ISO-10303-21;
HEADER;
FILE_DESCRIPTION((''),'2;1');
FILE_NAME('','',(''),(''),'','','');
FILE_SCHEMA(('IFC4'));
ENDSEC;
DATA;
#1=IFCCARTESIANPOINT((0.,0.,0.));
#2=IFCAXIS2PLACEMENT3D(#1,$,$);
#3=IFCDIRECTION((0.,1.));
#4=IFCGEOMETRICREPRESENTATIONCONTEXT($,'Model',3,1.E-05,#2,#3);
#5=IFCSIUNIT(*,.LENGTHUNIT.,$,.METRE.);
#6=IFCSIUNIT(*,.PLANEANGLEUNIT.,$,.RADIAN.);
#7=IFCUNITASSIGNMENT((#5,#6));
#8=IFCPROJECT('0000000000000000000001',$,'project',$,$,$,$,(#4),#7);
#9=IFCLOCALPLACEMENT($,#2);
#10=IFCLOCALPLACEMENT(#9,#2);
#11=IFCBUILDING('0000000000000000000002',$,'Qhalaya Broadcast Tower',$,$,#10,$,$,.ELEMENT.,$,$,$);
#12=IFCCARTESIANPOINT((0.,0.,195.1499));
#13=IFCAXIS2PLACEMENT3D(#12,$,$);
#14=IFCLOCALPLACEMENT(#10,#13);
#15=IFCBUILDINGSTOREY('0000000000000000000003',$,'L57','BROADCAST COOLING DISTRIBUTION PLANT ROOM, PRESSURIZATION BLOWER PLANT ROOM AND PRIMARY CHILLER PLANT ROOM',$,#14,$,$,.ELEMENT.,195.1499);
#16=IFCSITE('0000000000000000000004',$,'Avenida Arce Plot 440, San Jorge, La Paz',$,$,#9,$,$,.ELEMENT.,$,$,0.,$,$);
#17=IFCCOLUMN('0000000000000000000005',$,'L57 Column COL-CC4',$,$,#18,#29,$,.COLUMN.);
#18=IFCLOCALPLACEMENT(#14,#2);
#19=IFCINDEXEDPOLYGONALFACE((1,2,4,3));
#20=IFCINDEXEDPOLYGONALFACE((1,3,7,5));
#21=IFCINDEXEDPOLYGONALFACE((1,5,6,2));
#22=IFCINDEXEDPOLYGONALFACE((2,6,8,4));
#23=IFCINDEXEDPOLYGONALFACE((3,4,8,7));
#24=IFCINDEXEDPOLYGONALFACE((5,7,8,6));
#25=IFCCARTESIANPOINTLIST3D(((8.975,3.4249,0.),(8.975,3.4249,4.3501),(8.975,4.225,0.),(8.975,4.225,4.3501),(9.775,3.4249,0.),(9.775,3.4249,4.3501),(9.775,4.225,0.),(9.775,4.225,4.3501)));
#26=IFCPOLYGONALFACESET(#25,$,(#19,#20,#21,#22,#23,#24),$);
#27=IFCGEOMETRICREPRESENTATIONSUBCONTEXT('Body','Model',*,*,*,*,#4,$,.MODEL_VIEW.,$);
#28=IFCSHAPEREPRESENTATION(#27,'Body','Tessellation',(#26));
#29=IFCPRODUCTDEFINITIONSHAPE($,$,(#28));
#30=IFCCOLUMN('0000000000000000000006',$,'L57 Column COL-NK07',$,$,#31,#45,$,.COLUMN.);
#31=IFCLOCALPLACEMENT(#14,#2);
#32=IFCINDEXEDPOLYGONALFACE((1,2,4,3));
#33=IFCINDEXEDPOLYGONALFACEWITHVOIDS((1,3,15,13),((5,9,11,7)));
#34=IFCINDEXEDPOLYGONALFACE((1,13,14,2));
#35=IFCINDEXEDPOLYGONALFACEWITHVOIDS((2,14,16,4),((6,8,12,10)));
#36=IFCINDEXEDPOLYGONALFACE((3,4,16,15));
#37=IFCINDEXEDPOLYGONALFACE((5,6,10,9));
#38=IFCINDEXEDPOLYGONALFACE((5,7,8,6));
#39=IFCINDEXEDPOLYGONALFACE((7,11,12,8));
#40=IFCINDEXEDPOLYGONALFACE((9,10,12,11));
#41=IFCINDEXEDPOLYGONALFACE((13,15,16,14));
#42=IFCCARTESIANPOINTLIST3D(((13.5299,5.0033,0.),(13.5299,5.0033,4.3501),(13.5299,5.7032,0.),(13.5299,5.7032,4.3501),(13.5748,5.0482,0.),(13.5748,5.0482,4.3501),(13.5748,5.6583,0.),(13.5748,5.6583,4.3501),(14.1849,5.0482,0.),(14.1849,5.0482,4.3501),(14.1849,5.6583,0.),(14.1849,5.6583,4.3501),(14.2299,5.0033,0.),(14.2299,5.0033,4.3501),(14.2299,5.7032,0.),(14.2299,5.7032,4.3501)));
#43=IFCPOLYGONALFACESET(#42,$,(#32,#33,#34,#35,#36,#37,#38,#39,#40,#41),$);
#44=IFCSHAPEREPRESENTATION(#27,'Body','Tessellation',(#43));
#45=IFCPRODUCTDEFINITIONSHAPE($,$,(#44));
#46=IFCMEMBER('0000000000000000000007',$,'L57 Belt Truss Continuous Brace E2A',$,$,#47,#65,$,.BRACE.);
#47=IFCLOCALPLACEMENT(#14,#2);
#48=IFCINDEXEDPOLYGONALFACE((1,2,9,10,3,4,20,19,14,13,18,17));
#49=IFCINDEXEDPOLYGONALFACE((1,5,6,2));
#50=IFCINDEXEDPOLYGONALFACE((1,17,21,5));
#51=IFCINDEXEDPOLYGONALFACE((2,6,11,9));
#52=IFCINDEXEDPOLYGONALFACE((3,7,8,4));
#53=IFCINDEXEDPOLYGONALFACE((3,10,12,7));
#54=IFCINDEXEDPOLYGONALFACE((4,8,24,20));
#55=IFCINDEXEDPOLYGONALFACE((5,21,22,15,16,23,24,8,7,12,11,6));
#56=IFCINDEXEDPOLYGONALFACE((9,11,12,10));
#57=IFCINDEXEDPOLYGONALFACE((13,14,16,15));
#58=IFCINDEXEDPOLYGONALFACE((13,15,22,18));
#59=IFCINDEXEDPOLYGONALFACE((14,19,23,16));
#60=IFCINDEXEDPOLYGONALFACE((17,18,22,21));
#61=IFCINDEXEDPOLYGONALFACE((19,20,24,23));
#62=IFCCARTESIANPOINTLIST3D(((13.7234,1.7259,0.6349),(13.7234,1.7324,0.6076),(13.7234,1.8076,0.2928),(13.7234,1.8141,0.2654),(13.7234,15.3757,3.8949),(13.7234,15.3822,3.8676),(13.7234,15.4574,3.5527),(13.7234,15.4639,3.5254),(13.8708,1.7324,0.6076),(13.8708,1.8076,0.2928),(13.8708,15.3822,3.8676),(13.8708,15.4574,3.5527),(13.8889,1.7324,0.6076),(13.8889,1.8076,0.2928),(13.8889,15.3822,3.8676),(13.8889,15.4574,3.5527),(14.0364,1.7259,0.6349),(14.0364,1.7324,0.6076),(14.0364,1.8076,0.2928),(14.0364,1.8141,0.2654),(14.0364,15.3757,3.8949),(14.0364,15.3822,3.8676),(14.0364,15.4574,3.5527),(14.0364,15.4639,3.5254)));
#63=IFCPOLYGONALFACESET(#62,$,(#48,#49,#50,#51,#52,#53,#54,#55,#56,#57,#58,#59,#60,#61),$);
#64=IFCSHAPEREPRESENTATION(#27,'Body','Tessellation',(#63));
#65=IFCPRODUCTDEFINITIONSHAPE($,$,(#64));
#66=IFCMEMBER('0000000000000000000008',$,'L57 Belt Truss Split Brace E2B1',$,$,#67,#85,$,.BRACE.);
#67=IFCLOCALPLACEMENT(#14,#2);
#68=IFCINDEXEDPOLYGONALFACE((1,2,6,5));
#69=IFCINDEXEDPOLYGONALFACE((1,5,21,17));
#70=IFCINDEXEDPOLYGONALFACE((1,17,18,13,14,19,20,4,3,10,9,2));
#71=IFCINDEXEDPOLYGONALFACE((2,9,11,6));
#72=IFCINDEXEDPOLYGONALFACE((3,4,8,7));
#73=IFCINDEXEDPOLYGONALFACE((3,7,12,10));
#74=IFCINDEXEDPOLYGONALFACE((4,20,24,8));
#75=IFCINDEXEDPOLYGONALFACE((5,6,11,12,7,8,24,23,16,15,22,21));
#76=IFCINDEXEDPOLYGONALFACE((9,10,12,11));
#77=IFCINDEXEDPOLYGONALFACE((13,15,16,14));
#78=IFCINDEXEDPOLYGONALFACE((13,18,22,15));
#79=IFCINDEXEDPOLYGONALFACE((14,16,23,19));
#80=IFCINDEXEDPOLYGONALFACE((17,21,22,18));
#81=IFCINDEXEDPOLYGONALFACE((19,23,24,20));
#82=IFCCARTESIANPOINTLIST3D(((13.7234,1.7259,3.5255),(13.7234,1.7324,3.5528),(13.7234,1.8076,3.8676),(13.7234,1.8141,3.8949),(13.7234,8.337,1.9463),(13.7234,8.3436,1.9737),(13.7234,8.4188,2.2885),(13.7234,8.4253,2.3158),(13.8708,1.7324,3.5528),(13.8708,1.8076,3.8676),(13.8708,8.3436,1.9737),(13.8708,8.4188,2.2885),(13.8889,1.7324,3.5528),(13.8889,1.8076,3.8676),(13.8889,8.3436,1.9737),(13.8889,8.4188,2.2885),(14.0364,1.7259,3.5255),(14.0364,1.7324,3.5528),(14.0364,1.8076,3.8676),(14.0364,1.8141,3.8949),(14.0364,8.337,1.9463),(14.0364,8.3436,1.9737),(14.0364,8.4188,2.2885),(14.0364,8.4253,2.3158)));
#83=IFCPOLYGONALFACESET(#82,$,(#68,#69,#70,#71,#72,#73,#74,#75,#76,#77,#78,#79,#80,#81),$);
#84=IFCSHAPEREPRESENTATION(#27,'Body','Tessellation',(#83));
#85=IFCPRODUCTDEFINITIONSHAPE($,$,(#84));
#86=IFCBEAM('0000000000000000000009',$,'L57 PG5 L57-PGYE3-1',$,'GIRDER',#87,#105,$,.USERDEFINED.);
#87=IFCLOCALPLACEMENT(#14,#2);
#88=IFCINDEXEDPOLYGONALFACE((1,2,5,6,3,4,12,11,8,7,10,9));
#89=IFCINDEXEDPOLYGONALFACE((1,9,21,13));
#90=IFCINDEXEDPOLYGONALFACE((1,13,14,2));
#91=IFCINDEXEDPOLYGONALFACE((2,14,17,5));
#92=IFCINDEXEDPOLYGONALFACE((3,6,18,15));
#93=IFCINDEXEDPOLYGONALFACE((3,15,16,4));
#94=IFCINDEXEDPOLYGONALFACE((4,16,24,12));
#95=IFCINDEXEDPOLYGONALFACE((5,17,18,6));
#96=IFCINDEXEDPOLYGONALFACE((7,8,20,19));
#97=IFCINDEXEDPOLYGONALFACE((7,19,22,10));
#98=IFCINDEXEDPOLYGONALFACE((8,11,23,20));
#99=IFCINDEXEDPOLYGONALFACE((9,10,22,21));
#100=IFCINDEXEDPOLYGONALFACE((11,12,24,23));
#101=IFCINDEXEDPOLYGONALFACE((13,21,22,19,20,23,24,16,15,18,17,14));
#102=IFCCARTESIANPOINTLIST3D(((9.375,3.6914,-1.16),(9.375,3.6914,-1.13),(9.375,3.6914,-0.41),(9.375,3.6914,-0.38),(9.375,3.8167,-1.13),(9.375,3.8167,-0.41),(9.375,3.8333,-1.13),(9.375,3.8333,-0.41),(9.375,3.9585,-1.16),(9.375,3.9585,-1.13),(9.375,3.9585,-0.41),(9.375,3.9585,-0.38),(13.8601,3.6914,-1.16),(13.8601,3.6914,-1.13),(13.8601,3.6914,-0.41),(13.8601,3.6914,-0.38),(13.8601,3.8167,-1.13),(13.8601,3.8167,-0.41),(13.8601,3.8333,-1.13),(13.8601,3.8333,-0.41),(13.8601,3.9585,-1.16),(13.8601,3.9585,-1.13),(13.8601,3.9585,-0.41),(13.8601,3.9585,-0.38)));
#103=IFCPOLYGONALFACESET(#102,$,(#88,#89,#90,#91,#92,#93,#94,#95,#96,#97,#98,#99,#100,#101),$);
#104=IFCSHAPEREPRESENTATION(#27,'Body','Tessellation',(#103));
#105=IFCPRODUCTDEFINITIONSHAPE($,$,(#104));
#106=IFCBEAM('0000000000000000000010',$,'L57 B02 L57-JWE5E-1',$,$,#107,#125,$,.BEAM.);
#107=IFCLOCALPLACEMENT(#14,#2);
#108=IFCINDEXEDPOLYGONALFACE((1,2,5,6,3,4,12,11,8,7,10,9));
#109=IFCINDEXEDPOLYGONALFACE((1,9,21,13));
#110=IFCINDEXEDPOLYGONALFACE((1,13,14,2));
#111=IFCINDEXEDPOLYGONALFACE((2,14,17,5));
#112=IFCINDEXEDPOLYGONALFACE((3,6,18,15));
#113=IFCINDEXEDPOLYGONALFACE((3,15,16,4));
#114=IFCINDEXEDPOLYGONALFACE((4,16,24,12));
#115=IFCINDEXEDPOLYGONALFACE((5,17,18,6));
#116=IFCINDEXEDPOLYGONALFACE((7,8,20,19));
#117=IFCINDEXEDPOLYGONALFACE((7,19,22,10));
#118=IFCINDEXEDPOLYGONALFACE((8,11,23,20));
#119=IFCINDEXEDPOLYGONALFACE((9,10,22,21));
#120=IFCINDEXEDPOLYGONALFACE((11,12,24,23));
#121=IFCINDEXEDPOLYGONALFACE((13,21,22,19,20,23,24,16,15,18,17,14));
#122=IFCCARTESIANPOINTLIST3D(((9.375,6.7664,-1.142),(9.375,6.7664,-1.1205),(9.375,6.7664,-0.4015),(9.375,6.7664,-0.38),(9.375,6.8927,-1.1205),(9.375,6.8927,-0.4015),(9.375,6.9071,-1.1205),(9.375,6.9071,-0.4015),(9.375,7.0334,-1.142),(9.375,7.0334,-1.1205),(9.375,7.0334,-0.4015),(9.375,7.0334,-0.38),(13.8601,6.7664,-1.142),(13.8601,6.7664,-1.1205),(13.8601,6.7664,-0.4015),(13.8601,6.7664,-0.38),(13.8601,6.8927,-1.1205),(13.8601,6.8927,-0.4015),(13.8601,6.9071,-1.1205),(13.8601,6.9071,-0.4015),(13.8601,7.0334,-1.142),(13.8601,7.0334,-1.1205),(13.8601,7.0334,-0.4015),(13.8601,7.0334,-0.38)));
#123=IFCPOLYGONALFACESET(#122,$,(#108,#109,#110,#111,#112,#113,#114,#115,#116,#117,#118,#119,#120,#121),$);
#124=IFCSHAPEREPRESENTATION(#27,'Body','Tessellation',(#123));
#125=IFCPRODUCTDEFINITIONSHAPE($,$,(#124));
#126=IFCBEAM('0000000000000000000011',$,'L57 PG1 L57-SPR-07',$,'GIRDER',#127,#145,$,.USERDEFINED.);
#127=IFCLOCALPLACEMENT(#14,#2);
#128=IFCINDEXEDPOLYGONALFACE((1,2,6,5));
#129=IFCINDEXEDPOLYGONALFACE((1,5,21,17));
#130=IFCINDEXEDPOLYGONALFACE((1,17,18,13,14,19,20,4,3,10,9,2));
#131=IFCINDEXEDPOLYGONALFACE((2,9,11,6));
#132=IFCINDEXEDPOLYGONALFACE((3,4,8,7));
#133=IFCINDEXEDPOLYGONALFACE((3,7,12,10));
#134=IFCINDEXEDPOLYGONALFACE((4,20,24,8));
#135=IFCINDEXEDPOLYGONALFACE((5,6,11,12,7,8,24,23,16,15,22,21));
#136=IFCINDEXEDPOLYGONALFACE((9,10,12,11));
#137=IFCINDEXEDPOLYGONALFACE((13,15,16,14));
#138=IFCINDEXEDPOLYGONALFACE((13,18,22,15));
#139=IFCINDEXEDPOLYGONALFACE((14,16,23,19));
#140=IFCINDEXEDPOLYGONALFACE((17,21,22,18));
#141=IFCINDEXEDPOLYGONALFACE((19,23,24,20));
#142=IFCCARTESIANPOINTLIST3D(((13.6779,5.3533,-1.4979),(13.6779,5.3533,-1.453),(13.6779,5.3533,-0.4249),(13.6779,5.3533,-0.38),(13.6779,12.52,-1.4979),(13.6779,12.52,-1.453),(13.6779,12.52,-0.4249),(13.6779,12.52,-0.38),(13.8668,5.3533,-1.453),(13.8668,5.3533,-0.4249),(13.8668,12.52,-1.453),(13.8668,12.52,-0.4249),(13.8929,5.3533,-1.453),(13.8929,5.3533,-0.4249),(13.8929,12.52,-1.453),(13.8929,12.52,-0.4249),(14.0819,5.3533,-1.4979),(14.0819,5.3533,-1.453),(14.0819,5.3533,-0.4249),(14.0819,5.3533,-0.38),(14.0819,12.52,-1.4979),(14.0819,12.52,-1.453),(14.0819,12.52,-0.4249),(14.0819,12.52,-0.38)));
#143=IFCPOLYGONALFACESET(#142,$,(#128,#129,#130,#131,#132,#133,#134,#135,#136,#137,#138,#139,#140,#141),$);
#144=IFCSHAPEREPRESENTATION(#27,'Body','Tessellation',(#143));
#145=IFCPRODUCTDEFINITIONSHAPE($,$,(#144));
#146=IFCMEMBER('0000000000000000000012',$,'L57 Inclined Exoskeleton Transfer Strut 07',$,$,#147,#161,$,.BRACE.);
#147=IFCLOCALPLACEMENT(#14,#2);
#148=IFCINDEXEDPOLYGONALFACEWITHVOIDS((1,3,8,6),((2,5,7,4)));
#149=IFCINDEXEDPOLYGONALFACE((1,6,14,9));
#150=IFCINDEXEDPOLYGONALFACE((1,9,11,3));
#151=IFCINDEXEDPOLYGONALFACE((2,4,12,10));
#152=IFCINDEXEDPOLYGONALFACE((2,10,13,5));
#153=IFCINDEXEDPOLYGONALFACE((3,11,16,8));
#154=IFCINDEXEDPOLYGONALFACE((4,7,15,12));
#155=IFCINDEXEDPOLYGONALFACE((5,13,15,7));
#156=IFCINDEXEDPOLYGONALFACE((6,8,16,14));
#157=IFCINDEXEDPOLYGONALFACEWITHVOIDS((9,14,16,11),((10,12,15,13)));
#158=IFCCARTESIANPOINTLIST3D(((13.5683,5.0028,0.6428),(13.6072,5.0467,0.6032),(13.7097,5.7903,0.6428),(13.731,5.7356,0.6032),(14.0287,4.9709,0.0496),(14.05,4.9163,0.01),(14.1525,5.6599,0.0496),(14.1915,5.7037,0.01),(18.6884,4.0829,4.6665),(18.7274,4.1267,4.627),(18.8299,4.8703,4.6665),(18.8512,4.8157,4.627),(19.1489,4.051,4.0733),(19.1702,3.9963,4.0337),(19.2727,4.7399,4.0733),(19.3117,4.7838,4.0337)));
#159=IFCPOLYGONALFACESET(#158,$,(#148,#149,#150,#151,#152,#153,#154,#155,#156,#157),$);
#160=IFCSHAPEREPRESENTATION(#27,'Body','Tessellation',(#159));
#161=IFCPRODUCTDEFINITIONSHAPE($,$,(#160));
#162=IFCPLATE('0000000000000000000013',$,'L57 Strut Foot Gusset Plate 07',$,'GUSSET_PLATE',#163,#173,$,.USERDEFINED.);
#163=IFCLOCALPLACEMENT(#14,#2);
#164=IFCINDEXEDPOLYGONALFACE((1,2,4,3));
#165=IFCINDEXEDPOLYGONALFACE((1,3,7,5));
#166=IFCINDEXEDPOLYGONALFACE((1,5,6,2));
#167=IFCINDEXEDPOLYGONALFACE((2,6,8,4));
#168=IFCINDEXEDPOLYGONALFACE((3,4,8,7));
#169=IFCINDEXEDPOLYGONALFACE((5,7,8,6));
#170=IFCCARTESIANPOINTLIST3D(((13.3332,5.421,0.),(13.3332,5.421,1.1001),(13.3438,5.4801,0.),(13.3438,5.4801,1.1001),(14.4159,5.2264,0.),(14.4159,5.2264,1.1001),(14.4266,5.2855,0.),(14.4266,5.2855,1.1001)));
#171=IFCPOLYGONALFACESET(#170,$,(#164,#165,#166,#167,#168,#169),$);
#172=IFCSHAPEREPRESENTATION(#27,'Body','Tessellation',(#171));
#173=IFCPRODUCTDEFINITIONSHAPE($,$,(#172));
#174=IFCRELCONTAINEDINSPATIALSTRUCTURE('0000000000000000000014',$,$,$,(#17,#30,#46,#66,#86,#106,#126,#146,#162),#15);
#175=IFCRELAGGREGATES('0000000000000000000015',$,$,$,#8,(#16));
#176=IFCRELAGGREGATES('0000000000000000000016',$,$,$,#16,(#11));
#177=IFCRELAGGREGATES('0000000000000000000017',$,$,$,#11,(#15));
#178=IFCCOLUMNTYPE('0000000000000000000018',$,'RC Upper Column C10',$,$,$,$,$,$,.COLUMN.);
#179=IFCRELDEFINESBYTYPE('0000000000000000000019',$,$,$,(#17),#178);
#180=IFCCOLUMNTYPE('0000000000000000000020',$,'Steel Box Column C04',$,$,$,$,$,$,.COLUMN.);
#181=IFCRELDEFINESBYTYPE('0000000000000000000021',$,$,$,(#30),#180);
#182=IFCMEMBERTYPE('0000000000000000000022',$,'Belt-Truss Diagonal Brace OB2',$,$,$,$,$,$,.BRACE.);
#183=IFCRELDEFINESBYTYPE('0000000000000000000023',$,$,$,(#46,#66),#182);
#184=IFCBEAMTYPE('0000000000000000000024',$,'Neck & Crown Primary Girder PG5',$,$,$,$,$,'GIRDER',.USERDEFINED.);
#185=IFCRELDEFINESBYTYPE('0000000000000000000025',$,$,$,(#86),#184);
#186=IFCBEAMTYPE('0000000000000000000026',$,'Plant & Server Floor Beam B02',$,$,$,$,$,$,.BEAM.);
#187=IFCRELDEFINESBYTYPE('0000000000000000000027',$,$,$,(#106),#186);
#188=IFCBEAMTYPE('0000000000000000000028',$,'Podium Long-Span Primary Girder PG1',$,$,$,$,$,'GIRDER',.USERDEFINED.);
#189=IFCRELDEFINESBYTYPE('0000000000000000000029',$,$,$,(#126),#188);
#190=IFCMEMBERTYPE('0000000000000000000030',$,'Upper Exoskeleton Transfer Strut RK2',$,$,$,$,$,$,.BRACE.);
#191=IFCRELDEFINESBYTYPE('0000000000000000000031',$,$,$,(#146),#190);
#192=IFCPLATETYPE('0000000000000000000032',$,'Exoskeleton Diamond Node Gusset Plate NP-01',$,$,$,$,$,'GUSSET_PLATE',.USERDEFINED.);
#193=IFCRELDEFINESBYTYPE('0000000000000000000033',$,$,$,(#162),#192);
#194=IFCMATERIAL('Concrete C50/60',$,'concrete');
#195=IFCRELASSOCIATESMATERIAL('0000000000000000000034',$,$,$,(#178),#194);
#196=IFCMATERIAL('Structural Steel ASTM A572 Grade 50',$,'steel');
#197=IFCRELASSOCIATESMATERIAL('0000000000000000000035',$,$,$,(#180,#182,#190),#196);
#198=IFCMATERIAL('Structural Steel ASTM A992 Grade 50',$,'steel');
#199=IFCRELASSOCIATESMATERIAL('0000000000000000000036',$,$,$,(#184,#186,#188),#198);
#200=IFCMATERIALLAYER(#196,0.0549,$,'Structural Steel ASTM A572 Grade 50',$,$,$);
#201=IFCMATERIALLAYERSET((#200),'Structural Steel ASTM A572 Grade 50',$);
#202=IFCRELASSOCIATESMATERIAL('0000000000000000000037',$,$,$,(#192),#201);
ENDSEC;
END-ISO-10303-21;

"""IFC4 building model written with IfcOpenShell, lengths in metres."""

from ifc_helpers import new_model, si_unit, direction, frame, origin, origin_2d, place, context, subcontext, project, spatial, rectangle, hollow_rectangle, i_section, extrude, material, layer, layer_set, material_profile, profile_set, type_object, element, save


model = new_model("IFC4")

# Units and contexts
model_context = context("Model", 3, precision=1e-05, world=origin(), true_north=direction((0.0, 1.0)))
body_context = subcontext(model_context, "Body", "Model", "MODEL_VIEW")
ifc_project = project(units=[si_unit("LENGTHUNIT", "METRE"), si_unit("PLANEANGLEUNIT", "RADIAN")], contexts=[model_context])

# Site, building, storey
site_placement = place(None, origin())
site = spatial("IfcSite", under=ifc_project, at=site_placement, Name="Avenida Arce Plot 440, San Jorge, La Paz", CompositionType="ELEMENT", RefElevation=0.0)
building_placement = place(site_placement, origin())
building = spatial("IfcBuilding", under=site, at=building_placement, Name="Qhalaya Broadcast Tower", CompositionType="ELEMENT")
storey_placement = place(building_placement, frame((0.0, 0.0, 195.1499)))
storey = spatial("IfcBuildingStorey", under=building, at=storey_placement, Name="L57", Description="BROADCAST COOLING DISTRIBUTION PLANT ROOM, PRESSURIZATION BLOWER PLANT ROOM AND PRIMARY CHILLER PLANT ROOM", CompositionType="ELEMENT", Elevation=195.1499)

# Columns
ifc_material_1 = material(Name="Concrete C50/60", Category="concrete")
ifc_material_profile_1 = material_profile(ifc_material_1, rectangle(XDim=0.8, YDim=0.8, at=origin_2d()), Name="RC-COL 800x800")
ifc_profile_set_1 = profile_set([ifc_material_profile_1], Name="Concrete C50/60")
column_type_1 = type_object("IfcColumnType", Name="RC Upper Column C10", PredefinedType="COLUMN", material=ifc_profile_set_1)
column_1_placement = place(storey_placement, frame((9.375, 3.825, 0.0), z_axis=(0.0, 0.0, 1.0), x_axis=(1.0, 0.0, 0.0)))
element("IfcColumn", 1, at=column_1_placement, inside=storey, type_object=column_type_1, Name="L57 Column COL-CC4", PredefinedType="COLUMN", context=body_context, shape_type="SweptSolid", body=[
    extrude(rectangle(XDim=0.8, YDim=0.8, at=origin_2d()), origin(), (0.0, 0.0, 1.0), 4.3501),
])
ifc_material_2 = material(Name="Structural Steel ASTM A572 Grade 50", Category="steel")
ifc_material_profile_2 = material_profile(ifc_material_2, hollow_rectangle(XDim=0.7, YDim=0.7, WallThickness=0.0449, at=origin_2d()), Name="BOX 700x700x45")
ifc_profile_set_2 = profile_set([ifc_material_profile_2], Name="Structural Steel ASTM A572 Grade 50")
column_type_2 = type_object("IfcColumnType", Name="Steel Box Column C04", PredefinedType="COLUMN", material=ifc_profile_set_2)
column_2_placement = place(storey_placement, frame((13.8799, 5.3533, 0.0), z_axis=(0.0, 0.0, 1.0), x_axis=(0.0, 1.0, 0.0)))
element("IfcColumn", 2, at=column_2_placement, inside=storey, type_object=column_type_2, Name="L57 Column COL-NK07", PredefinedType="COLUMN", context=body_context, shape_type="SweptSolid", body=[
    extrude(hollow_rectangle(XDim=0.7, YDim=0.7, WallThickness=0.0449, at=origin_2d()), origin(), (0.0, 0.0, 1.0), 4.3501),
])

# Members
ifc_material_profile_3 = material_profile(ifc_material_2, i_section(OverallWidth=0.313, OverallDepth=0.3799, WebThickness=0.0181, FlangeThickness=0.0281, at=origin_2d()), Name="W12X120")
ifc_profile_set_3 = profile_set([ifc_material_profile_3], Name="Structural Steel ASTM A572 Grade 50")
member_type_1 = type_object("IfcMemberType", Name="Belt-Truss Diagonal Brace OB2", PredefinedType="BRACE", material=ifc_profile_set_3)
member_1_placement = place(storey_placement, frame((13.8799, 1.77, 0.4502), z_axis=(0.0, 0.972645, 0.232297), x_axis=(-1.0, 0.0, 0.0)))
element("IfcMember", 3, at=member_1_placement, inside=storey, type_object=member_type_1, Name="L57 Belt Truss Continuous Brace E2A", PredefinedType="BRACE", context=body_context, shape_type="SweptSolid", body=[
    extrude(i_section(OverallWidth=0.313, OverallDepth=0.3799, WebThickness=0.0181, FlangeThickness=0.0281, at=origin_2d()), origin(), (0.0, 0.0, 1.0), 14.0337),
])
member_2_placement = place(storey_placement, frame((13.8799, 1.77, 3.7102), z_axis=(0.0, 0.972639, -0.232321), x_axis=(-1.0, 0.0, 0.0)))
element("IfcMember", 4, at=member_2_placement, inside=storey, type_object=member_type_1, Name="L57 Belt Truss Split Brace E2B1", PredefinedType="BRACE", context=body_context, shape_type="SweptSolid", body=[
    extrude(i_section(OverallWidth=0.313, OverallDepth=0.3799, WebThickness=0.0181, FlangeThickness=0.0281, at=origin_2d()), origin(), (0.0, 0.0, 1.0), 6.7971),
])

# Beams
ifc_material_3 = material(Name="Structural Steel ASTM A992 Grade 50", Category="steel")
ifc_material_profile_4 = material_profile(ifc_material_3, i_section(OverallWidth=0.2671, OverallDepth=0.78, WebThickness=0.0166, FlangeThickness=0.03, at=origin_2d()), Name="W30X148")
ifc_profile_set_4 = profile_set([ifc_material_profile_4], Name="Structural Steel ASTM A992 Grade 50")
beam_type_1 = type_object("IfcBeamType", Name="Neck & Crown Primary Girder PG5", ElementType="GIRDER", PredefinedType="USERDEFINED", material=ifc_profile_set_4)
beam_1_placement = place(storey_placement, frame((9.375, 3.825, -0.77), z_axis=(1.0, 0.0, 0.0), x_axis=(0.0, 1.0, 0.0)))
element("IfcBeam", 5, at=beam_1_placement, inside=storey, type_object=beam_type_1, Name="L57 PG5 L57-PGYE3-1", ObjectType="GIRDER", PredefinedType="USERDEFINED", context=body_context, shape_type="SweptSolid", body=[
    extrude(i_section(OverallWidth=0.2671, OverallDepth=0.78, WebThickness=0.0166, FlangeThickness=0.03, at=origin_2d()), origin(), (0.0, 0.0, 1.0), 4.4851),
])
ifc_material_profile_5 = material_profile(ifc_material_3, i_section(OverallWidth=0.2671, OverallDepth=0.762, WebThickness=0.0144, FlangeThickness=0.0215, at=origin_2d()), Name="W30X116")
ifc_profile_set_5 = profile_set([ifc_material_profile_5], Name="Structural Steel ASTM A992 Grade 50")
beam_type_2 = type_object("IfcBeamType", Name="Plant & Server Floor Beam B02", PredefinedType="BEAM", material=ifc_profile_set_5)
beam_2_placement = place(storey_placement, frame((9.375, 6.8999, -0.761), z_axis=(1.0, 0.0, 0.0), x_axis=(0.0, 1.0, 0.0)))
element("IfcBeam", 6, at=beam_2_placement, inside=storey, type_object=beam_type_2, Name="L57 B02 L57-JWE5E-1", PredefinedType="BEAM", context=body_context, shape_type="SweptSolid", body=[
    extrude(i_section(OverallWidth=0.2671, OverallDepth=0.762, WebThickness=0.0144, FlangeThickness=0.0215, at=origin_2d()), origin(), (0.0, 0.0, 1.0), 4.4851),
])
ifc_material_profile_6 = material_profile(ifc_material_3, i_section(OverallWidth=0.4041, OverallDepth=1.1179, WebThickness=0.0261, FlangeThickness=0.0449, at=origin_2d()), Name="W44X335")
ifc_profile_set_6 = profile_set([ifc_material_profile_6], Name="Structural Steel ASTM A992 Grade 50")
beam_type_3 = type_object("IfcBeamType", Name="Podium Long-Span Primary Girder PG1", ElementType="GIRDER", PredefinedType="USERDEFINED", material=ifc_profile_set_6)
beam_3_placement = place(storey_placement, frame((13.8799, 5.3533, -0.939), z_axis=(0.0, 1.0, 0.0), x_axis=(-1.0, 0.0, 0.0)))
element("IfcBeam", 7, at=beam_3_placement, inside=storey, type_object=beam_type_3, Name="L57 PG1 L57-SPR-07", ObjectType="GIRDER", PredefinedType="USERDEFINED", context=body_context, shape_type="SweptSolid", body=[
    extrude(i_section(OverallWidth=0.4041, OverallDepth=1.1179, WebThickness=0.0261, FlangeThickness=0.0449, at=origin_2d()), origin(), (0.0, 0.0, 1.0), 7.1667),
])

# Member
ifc_material_profile_7 = material_profile(ifc_material_2, hollow_rectangle(XDim=0.8, YDim=0.8, WallThickness=0.05, at=origin_2d()), Name="BOX 800x800x50")
ifc_profile_set_7 = profile_set([ifc_material_profile_7], Name="Structural Steel ASTM A572 Grade 50")
member_type_2 = type_object("IfcMemberType", Name="Upper Exoskeleton Transfer Strut RK2", PredefinedType="BRACE", material=ifc_profile_set_7)
member_3_placement = place(storey_placement, frame((13.8799, 5.3533, 0.3264), z_axis=(0.778534, -0.139878, 0.611816), x_axis=(0.176837, 0.98424, 0.0)))
element("IfcMember", 8, at=member_3_placement, inside=storey, type_object=member_type_2, Name="L57 Inclined Exoskeleton Transfer Strut 07", PredefinedType="BRACE", context=body_context, shape_type="SweptSolid", body=[
    extrude(hollow_rectangle(XDim=0.8, YDim=0.8, WallThickness=0.05, at=origin_2d()), origin(), (0.0, 0.0, 1.0), 6.5767),
])

# Plate
ifc_layer_1 = layer(ifc_material_2, 0.0549, Name="Structural Steel ASTM A572 Grade 50")
ifc_layer_set_1 = layer_set([ifc_layer_1], Name="Structural Steel ASTM A572 Grade 50")
plate_type_1 = type_object("IfcPlateType", Name="Exoskeleton Diamond Node Gusset Plate NP-01", ElementType="GUSSET_PLATE", PredefinedType="USERDEFINED", material=ifc_layer_set_1)
for number, where, z_axis, x_axis, name in (
    (9, (13.8799, 5.3533, 0.0), (0.0, 0.0, 1.0), (0.984236, -0.176861, 0.0), "L57 Strut Foot Gusset Plate 07"),
):
    element("IfcPlate", number, at=place(storey_placement, frame(where, z_axis=z_axis, x_axis=x_axis)), inside=storey, type_object=plate_type_1, Name=name, ObjectType="GUSSET_PLATE", PredefinedType="USERDEFINED", context=body_context, shape_type="SweptSolid", body=[
        extrude(rectangle(XDim=1.1001, YDim=0.0601, at=origin_2d()), origin(), (0.0, 0.0, 1.0), 1.1001),
    ])

save(model, "model.ifc")
